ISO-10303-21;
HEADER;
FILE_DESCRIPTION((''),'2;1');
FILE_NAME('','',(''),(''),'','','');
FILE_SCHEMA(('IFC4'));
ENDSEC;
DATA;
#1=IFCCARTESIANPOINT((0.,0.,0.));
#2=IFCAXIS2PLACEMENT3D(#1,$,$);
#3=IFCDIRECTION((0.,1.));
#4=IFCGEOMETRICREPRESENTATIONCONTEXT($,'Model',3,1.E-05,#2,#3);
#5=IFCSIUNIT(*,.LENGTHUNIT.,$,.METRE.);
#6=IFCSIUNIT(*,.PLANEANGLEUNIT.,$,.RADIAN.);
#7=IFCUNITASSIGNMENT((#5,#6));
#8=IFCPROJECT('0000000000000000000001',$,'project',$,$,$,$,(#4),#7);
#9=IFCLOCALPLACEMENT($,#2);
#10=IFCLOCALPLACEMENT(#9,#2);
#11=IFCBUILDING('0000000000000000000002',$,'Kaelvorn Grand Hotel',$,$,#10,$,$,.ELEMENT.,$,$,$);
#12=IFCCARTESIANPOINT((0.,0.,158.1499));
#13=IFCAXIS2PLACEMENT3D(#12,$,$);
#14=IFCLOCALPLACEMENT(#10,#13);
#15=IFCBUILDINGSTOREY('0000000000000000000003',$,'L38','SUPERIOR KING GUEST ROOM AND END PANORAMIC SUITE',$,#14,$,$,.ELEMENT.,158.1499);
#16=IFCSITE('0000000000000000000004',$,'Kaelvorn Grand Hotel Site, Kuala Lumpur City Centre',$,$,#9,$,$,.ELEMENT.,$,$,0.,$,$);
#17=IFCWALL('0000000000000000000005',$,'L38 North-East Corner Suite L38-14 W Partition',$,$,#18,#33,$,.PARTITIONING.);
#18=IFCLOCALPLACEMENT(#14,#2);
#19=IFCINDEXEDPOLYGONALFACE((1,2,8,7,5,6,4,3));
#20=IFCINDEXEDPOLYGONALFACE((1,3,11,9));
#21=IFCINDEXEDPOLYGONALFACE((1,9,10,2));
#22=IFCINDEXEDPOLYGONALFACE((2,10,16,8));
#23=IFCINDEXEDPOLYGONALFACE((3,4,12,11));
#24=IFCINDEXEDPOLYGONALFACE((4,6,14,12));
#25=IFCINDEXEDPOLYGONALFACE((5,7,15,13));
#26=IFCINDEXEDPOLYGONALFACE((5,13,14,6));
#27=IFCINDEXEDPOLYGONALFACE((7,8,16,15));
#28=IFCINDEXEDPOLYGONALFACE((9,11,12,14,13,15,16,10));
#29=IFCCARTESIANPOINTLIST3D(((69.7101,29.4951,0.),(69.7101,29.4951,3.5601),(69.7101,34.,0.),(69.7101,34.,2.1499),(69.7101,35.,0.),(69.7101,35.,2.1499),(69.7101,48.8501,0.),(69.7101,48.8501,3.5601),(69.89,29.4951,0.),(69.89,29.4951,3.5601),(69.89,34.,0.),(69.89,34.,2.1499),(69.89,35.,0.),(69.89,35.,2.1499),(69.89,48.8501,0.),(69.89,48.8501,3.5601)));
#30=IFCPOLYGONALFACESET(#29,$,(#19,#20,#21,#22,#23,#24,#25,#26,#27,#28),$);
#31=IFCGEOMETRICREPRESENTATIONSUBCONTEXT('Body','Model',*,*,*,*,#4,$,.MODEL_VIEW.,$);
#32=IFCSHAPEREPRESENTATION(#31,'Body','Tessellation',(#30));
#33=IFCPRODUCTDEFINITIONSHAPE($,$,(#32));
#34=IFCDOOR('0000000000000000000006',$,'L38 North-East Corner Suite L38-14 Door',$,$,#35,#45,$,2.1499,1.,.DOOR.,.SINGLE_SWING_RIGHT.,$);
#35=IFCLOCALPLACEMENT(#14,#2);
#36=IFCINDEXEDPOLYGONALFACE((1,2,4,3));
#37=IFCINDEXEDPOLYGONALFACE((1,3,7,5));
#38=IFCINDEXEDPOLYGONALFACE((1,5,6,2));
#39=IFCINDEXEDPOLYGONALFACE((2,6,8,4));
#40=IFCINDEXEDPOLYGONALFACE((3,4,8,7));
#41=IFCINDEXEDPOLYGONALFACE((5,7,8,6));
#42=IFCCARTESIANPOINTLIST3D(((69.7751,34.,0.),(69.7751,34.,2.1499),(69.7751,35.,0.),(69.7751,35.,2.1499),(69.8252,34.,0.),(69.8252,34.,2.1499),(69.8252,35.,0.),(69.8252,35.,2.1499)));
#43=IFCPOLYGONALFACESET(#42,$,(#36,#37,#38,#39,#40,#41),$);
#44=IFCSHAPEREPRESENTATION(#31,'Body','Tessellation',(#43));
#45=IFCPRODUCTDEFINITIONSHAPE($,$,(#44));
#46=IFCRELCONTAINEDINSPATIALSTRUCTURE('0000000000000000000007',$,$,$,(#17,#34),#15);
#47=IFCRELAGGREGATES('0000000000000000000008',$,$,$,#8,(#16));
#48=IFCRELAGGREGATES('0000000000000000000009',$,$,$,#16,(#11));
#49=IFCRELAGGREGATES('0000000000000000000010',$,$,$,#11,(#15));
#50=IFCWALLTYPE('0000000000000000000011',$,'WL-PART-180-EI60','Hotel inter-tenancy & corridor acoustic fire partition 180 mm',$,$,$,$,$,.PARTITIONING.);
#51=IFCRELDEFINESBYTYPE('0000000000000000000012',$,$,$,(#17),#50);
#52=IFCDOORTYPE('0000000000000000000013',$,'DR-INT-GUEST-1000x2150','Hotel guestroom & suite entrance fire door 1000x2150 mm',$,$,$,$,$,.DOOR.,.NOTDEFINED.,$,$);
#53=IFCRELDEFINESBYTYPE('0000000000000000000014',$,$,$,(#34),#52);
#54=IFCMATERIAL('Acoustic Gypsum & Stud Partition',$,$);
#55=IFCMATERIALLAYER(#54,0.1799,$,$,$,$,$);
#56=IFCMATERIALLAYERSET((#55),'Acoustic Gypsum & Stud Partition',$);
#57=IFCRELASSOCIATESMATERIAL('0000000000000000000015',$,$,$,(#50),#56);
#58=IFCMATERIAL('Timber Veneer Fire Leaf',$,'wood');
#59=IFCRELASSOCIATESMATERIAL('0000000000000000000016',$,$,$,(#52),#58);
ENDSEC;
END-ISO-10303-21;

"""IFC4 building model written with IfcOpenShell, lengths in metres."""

from ifc_helpers import new_model, si_unit, direction, frame, frame_2d, origin, place, context, subcontext, project, spatial, rectangle, extrude, material, layer, layer_set, type_object, element, fill, save


model = new_model("IFC4")

# Units and contexts
model_context = context("Model", 3, precision=1e-05, world=origin(), true_north=direction((0.0, 1.0)))
body_context = subcontext(model_context, "Body", "Model", "MODEL_VIEW")
ifc_project = project(units=[si_unit("LENGTHUNIT", "METRE"), si_unit("PLANEANGLEUNIT", "RADIAN")], contexts=[model_context])

# Site, building, storey
site_placement = place(None, origin())
site = spatial("IfcSite", under=ifc_project, at=site_placement, Name="Kaelvorn Grand Hotel Site, Kuala Lumpur City Centre", CompositionType="ELEMENT", RefElevation=0.0)
building_placement = place(site_placement, origin())
building = spatial("IfcBuilding", under=site, at=building_placement, Name="Kaelvorn Grand Hotel", CompositionType="ELEMENT")
storey_placement = place(building_placement, frame((0.0, 0.0, 158.1499)))
storey = spatial("IfcBuildingStorey", under=building, at=storey_placement, Name="L38", Description="SUPERIOR KING GUEST ROOM AND END PANORAMIC SUITE", CompositionType="ELEMENT", Elevation=158.1499)

# Wall, opening, door
ifc_material_1 = material(Name="Acoustic Gypsum & Stud Partition")
ifc_layer_1 = layer(ifc_material_1, 0.1799)
ifc_layer_set_1 = layer_set([ifc_layer_1], Name="Acoustic Gypsum & Stud Partition")
wall_type = type_object("IfcWallType", Name="WL-PART-180-EI60", Description="Hotel inter-tenancy & corridor acoustic fire partition 180 mm", PredefinedType="PARTITIONING", material=ifc_layer_set_1)
wall_placement = place(storey_placement, frame((69.8, 29.4951, 0.0), z_axis=(0.0, 0.0, 1.0), x_axis=(0.0, 1.0, 0.0)))
wall = element("IfcWall", 1, at=wall_placement, inside=storey, type_object=wall_type, Name="L38 North-East Corner Suite L38-14 W Partition", PredefinedType="PARTITIONING", context=body_context, shape_type="SweptSolid", body=[
    extrude(rectangle(XDim=19.355, YDim=0.1799, at=frame_2d((9.6775, 0.0))), origin(), (0.0, 0.0, 1.0), 3.5601),
])
opening_placement = place(wall_placement, frame((4.5049, 0.0, 0.0)))
opening = element("IfcOpeningElement", 2, at=opening_placement, cuts=wall, PredefinedType="OPENING", context=body_context, shape_type="SweptSolid", body=[
    extrude(rectangle(XDim=1.0, YDim=2.1499, at=frame_2d((0.5, 1.075))), frame((0.0, 0.1001, 0.0), z_axis=(0.0, -1.0, 0.0), x_axis=(1.0, 0.0, 0.0)), (0.0, 0.0, 1.0), 0.2),
])
ifc_material_2 = material(Name="Timber Veneer Fire Leaf", Category="wood")
door_type = type_object("IfcDoorType", Name="DR-INT-GUEST-1000x2150", Description="Hotel guestroom & suite entrance fire door 1000x2150 mm", OperationType="NOTDEFINED", PredefinedType="DOOR", material=ifc_material_2)
door_placement = place(opening_placement, origin())
door = element("IfcDoor", 3, at=door_placement, inside=storey, type_object=door_type, Name="L38 North-East Corner Suite L38-14 Door", OperationType="SINGLE_SWING_RIGHT", OverallHeight=2.1499, OverallWidth=1.0, PredefinedType="DOOR", context=body_context, shape_type="SweptSolid", body=[
    extrude(rectangle(XDim=1.0, YDim=2.1499, at=frame_2d((0.5, 1.075))), frame((0.0, 0.0249, 0.0), z_axis=(0.0, -1.0, 0.0), x_axis=(1.0, 0.0, 0.0)), (0.0, 0.0, 1.0), 0.05),
])
fill(opening, door)

save(model, "model.ifc")
